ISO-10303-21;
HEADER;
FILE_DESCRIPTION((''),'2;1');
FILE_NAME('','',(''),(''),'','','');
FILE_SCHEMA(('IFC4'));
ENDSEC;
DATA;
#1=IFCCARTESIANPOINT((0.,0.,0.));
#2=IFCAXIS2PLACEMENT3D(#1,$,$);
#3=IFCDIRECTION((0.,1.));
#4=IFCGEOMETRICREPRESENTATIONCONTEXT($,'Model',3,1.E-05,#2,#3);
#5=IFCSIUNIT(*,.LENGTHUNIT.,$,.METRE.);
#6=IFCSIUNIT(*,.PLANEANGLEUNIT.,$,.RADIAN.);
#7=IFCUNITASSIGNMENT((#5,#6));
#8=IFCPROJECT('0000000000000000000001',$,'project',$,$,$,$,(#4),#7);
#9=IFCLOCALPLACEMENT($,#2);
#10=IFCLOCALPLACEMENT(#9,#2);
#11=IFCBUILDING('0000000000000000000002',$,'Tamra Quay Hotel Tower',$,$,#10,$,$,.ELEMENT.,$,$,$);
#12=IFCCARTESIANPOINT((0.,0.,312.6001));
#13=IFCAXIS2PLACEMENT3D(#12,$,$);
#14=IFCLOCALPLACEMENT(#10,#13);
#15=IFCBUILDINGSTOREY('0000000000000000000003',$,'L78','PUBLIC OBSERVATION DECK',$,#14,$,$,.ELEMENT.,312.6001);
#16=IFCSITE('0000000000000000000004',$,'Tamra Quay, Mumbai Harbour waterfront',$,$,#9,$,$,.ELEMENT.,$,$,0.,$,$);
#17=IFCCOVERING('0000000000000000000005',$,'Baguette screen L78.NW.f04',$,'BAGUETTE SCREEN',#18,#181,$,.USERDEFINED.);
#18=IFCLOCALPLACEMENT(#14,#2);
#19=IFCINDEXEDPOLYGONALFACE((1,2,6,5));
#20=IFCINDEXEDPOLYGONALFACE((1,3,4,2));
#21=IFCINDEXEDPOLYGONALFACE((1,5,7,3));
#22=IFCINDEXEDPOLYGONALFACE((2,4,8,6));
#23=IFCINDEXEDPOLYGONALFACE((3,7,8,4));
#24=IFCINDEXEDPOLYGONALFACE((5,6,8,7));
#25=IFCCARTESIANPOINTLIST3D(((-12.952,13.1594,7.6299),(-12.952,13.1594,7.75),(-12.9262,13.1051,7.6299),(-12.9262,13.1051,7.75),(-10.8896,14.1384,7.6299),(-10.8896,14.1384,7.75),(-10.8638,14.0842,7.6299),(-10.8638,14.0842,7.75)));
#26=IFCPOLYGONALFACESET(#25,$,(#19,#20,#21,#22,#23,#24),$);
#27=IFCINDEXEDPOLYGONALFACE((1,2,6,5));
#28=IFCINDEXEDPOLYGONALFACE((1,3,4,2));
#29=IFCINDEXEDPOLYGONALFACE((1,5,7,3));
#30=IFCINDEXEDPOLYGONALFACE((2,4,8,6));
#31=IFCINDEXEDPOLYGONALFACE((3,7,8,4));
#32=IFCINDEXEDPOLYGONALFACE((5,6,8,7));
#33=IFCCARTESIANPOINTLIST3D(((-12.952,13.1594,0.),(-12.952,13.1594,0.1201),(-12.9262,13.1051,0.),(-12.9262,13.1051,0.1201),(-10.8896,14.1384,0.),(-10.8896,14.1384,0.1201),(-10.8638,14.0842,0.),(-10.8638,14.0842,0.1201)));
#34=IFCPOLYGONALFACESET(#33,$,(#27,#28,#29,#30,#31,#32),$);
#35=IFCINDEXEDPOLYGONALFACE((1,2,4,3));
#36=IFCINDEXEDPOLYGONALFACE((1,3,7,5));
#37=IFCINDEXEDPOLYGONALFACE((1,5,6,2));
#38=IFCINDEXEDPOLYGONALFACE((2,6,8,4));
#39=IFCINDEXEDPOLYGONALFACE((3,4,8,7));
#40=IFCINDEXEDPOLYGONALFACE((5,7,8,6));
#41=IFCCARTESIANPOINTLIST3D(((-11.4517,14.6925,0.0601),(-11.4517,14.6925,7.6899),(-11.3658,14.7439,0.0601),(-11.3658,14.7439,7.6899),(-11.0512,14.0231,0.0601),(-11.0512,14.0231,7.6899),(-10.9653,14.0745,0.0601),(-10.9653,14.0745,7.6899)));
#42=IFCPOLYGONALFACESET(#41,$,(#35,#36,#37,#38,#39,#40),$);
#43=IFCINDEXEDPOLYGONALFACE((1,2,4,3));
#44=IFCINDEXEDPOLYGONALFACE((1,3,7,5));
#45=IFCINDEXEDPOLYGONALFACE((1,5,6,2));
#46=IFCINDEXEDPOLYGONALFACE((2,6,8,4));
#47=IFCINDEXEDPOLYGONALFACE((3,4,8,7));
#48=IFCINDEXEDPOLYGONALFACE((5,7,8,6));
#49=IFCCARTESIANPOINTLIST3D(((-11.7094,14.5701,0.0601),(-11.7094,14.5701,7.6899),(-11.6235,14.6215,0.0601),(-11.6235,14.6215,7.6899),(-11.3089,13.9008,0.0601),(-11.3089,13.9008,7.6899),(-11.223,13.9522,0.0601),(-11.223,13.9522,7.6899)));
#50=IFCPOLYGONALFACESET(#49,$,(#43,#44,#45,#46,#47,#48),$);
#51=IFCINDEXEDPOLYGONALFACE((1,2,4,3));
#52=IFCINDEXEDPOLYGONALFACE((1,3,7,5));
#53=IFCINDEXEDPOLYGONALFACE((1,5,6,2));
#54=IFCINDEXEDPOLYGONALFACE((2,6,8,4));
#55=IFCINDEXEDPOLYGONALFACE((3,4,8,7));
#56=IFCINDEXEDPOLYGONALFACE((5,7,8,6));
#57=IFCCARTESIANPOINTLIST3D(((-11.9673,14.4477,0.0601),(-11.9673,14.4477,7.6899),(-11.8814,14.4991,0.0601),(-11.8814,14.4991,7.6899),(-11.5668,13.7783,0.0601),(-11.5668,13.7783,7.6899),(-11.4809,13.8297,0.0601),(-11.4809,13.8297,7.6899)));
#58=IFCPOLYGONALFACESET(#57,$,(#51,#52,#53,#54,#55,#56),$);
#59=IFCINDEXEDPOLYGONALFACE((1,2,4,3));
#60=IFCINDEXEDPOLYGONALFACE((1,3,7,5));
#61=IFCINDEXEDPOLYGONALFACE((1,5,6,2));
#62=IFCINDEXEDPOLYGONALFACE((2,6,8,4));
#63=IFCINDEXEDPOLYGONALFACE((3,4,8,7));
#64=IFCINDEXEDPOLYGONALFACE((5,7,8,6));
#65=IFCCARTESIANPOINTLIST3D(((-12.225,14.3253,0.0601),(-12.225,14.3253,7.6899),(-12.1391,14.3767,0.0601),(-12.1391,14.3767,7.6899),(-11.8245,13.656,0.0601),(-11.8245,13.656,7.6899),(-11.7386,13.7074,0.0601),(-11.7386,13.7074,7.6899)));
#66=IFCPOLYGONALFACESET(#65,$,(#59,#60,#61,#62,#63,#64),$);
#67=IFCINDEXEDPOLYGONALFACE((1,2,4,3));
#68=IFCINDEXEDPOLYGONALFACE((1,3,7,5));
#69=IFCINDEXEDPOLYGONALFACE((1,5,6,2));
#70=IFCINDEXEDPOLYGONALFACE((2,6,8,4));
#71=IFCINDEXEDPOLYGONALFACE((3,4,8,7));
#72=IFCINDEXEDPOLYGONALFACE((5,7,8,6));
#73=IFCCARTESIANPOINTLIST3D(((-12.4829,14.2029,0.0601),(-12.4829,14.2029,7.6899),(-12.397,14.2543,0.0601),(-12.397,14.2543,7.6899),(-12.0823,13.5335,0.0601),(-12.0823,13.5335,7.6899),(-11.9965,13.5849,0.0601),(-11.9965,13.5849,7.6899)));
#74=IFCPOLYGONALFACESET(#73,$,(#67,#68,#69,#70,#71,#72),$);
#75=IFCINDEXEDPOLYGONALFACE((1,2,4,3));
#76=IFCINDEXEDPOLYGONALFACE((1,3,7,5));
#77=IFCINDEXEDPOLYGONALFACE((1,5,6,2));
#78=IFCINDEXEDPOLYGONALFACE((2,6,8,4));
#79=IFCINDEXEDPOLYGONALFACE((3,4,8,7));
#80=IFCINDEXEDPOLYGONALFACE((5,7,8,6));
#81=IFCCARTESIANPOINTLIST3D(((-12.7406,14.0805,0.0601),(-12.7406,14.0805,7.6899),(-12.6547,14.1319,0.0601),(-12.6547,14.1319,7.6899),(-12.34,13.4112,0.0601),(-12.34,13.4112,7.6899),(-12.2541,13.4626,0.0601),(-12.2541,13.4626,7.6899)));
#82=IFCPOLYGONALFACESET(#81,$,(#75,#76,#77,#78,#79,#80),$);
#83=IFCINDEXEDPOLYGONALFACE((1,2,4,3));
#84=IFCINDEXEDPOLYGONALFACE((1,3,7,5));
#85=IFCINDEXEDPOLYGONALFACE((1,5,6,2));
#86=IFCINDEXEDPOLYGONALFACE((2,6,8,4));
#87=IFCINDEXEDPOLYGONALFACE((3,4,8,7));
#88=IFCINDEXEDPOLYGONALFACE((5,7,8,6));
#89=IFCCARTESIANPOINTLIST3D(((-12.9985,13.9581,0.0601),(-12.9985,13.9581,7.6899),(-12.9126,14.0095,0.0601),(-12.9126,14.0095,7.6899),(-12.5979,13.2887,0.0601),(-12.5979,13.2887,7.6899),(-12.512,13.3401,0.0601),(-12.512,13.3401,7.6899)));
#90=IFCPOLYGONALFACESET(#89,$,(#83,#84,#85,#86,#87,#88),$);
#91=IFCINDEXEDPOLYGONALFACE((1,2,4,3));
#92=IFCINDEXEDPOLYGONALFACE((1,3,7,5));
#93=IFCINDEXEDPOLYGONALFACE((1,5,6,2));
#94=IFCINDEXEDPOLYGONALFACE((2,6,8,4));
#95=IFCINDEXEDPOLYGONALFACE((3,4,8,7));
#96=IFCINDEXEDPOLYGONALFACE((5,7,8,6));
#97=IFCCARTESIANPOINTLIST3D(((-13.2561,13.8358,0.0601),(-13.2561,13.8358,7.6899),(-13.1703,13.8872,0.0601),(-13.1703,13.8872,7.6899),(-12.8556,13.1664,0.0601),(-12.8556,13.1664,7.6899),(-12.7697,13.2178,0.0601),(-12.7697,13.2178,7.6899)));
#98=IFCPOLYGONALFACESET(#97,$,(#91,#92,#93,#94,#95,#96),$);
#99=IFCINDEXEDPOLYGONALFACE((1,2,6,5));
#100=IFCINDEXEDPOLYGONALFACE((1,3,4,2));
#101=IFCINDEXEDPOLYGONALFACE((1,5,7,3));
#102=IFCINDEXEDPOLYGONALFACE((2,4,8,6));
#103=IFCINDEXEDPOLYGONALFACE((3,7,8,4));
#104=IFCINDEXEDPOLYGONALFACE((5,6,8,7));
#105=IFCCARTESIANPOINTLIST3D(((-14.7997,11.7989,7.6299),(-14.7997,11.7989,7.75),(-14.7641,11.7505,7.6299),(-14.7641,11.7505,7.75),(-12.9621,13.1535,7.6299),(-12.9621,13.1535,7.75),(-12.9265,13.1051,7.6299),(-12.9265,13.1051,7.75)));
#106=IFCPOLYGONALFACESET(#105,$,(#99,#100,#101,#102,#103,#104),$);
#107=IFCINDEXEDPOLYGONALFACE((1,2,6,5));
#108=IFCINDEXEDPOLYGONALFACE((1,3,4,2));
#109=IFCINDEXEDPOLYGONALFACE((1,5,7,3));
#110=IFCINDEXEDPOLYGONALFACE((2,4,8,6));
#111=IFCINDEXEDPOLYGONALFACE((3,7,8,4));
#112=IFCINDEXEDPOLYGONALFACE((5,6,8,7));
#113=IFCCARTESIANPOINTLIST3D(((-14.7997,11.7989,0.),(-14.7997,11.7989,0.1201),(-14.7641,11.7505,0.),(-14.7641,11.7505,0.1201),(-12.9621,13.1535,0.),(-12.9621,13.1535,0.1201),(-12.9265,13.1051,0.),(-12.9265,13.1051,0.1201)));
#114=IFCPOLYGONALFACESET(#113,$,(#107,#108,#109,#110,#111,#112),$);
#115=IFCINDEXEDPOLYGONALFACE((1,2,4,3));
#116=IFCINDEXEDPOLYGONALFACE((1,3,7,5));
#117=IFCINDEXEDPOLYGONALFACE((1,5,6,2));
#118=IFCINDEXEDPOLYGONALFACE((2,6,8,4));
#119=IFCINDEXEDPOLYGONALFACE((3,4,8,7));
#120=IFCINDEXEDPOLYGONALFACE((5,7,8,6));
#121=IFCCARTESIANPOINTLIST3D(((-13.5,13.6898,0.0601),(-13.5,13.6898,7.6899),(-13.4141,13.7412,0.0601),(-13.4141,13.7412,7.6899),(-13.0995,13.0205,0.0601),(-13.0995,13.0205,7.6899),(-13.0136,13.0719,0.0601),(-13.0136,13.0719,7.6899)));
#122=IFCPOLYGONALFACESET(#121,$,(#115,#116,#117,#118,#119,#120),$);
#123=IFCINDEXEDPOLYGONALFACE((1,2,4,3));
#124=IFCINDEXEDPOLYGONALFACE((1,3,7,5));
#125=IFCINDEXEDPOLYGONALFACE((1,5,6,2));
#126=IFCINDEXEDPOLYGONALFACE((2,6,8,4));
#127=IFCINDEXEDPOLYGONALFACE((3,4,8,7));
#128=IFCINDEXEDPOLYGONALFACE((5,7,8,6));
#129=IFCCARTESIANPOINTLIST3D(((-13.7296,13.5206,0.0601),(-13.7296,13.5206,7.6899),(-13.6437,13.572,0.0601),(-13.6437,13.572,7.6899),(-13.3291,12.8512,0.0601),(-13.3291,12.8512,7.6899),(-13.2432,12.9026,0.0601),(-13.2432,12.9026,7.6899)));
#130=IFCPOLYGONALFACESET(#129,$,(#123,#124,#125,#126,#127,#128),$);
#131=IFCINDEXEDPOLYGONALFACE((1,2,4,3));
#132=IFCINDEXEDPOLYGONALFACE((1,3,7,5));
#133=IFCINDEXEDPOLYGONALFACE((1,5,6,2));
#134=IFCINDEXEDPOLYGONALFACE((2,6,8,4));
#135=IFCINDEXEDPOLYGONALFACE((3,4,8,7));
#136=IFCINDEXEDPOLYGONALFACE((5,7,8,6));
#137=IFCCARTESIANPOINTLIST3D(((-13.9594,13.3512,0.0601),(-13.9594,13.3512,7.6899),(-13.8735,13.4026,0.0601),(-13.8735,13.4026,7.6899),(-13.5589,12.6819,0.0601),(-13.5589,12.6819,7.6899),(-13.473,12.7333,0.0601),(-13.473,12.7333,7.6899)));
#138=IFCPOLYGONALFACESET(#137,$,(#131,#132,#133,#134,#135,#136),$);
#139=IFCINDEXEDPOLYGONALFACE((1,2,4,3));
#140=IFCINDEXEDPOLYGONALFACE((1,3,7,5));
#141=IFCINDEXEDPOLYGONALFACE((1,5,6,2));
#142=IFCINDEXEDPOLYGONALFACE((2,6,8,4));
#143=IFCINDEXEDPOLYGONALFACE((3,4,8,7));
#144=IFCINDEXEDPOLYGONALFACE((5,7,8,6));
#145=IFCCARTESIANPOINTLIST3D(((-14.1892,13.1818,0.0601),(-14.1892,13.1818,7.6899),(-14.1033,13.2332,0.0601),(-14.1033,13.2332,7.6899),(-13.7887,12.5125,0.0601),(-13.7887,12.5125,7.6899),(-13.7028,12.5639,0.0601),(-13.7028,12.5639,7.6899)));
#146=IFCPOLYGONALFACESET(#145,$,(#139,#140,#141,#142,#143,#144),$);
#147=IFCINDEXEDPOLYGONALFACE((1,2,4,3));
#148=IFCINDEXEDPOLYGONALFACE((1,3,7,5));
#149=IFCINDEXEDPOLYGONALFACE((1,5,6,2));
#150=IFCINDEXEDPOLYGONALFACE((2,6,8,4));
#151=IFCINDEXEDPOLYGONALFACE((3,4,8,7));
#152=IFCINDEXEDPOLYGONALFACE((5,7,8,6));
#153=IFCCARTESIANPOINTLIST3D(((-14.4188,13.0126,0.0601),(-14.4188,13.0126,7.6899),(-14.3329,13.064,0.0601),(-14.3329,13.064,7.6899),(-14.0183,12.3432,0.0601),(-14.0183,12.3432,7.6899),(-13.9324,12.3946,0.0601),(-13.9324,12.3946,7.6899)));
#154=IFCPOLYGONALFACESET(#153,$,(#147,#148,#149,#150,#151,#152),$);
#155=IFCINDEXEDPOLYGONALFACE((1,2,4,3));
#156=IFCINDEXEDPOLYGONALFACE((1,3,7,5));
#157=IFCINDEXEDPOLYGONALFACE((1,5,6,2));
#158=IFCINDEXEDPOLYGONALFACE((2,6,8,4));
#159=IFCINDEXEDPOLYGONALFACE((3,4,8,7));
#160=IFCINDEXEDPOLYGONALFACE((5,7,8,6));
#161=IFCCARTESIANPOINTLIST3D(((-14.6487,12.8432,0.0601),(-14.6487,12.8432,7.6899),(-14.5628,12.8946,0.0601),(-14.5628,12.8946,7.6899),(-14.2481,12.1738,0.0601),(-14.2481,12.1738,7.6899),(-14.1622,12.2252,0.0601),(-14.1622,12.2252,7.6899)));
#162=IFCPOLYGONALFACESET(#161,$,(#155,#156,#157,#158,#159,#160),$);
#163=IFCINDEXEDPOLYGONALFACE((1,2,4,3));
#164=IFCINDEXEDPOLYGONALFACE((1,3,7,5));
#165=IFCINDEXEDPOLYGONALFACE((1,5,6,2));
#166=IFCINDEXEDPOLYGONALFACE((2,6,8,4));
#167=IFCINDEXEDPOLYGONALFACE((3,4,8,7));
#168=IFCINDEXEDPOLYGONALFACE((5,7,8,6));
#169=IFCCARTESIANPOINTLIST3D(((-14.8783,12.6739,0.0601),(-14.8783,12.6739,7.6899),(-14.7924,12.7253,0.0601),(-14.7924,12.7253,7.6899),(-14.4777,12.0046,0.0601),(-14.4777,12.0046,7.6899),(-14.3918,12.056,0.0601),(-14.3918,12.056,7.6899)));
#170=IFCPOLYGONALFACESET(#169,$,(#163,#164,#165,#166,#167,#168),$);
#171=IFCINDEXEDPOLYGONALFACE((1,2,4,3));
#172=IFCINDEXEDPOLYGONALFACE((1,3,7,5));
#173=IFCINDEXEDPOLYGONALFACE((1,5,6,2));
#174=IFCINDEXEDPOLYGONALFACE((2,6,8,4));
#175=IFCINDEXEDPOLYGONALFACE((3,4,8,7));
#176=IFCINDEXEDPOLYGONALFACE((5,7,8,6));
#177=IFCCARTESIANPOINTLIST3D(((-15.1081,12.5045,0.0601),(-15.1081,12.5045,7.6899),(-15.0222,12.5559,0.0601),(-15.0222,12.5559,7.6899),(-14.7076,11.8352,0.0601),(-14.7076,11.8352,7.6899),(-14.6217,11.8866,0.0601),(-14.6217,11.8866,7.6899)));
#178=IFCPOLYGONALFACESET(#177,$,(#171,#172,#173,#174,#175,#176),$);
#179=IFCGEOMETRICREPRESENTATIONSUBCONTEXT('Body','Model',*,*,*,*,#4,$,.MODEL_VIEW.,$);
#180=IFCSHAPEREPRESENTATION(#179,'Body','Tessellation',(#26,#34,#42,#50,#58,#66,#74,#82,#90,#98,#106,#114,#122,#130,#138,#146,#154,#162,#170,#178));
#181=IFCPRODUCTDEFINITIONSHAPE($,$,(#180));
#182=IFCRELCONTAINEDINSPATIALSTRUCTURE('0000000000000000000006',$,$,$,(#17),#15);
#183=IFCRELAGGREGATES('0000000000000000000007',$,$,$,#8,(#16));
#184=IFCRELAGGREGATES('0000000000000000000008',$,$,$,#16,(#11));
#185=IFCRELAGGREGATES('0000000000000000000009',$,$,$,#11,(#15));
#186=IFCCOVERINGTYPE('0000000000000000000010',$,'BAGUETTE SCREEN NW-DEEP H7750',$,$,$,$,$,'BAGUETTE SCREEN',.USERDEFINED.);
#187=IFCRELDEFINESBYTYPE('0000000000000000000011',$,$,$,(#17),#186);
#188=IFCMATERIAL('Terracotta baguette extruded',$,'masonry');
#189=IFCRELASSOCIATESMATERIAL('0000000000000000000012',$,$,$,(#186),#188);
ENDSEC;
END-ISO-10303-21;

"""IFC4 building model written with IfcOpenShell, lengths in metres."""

from ifc_helpers import new_model, si_unit, direction, frame, frame_2d, origin, place, context, subcontext, project, spatial, rectangle, extrude, source, transform, mapped, material, type_object, element, save


model = new_model("IFC4")

# Units and contexts
model_context = context("Model", 3, precision=1e-05, world=origin(), true_north=direction((0.0, 1.0)))
body_context = subcontext(model_context, "Body", "Model", "MODEL_VIEW")
ifc_project = project(units=[si_unit("LENGTHUNIT", "METRE"), si_unit("PLANEANGLEUNIT", "RADIAN")], contexts=[model_context])

# Site, building, storey
site_placement = place(None, origin())
site = spatial("IfcSite", under=ifc_project, at=site_placement, Name="Tamra Quay, Mumbai Harbour waterfront", CompositionType="ELEMENT", RefElevation=0.0)
building_placement = place(site_placement, origin())
building = spatial("IfcBuilding", under=site, at=building_placement, Name="Tamra Quay Hotel Tower", CompositionType="ELEMENT")
storey_placement = place(building_placement, frame((0.0, 0.0, 312.6001)))
storey = spatial("IfcBuildingStorey", under=building, at=storey_placement, Name="L78", Description="PUBLIC OBSERVATION DECK", CompositionType="ELEMENT", Elevation=312.6001)

# Covering
ifc_material_1 = material(Name="Terracotta baguette extruded", Category="masonry")
covering_type_1 = type_object("IfcCoveringType", Name="BAGUETTE SCREEN NW-DEEP H7750", ElementType="BAGUETTE SCREEN", PredefinedType="USERDEFINED", material=ifc_material_1)
shared_shape_1 = source(origin(), body_context, "Body", "SweptSolid", [
    extrude(rectangle(XDim=2.283, YDim=0.0601, at=frame_2d((1.1416, 0.03))), frame((-2.2783, -0.0576, -0.1201), z_axis=(0.0, 0.0, 1.0), x_axis=(0.995396, -0.095846, 0.0)), (0.0, 0.0, 1.0), 0.1201),
    extrude(rectangle(XDim=2.283, YDim=0.0601, at=frame_2d((1.1416, 0.03))), frame((-2.2783, -0.0576, -7.75), z_axis=(0.0, 0.0, 1.0), x_axis=(0.995396, -0.095846, 0.0)), (0.0, 0.0, 1.0), 0.1201),
    extrude(rectangle(XDim=0.1001, YDim=0.78, at=frame_2d((0.05, 0.3901))), frame((-2.1804, -0.8218, -7.6899)), (0.0, 0.0, 1.0), 7.6299),
    extrude(rectangle(XDim=0.1001, YDim=0.78, at=frame_2d((0.05, 0.3901))), frame((-1.8965, -0.8491, -7.6899)), (0.0, 0.0, 1.0), 7.6299),
    extrude(rectangle(XDim=0.1001, YDim=0.78, at=frame_2d((0.05, 0.3901))), frame((-1.6123, -0.8765, -7.6899)), (0.0, 0.0, 1.0), 7.6299),
    extrude(rectangle(XDim=0.1001, YDim=0.78, at=frame_2d((0.05, 0.3901))), frame((-1.3284, -0.9038, -7.6899)), (0.0, 0.0, 1.0), 7.6299),
    extrude(rectangle(XDim=0.1001, YDim=0.78, at=frame_2d((0.05, 0.3901))), frame((-1.0442, -0.9312, -7.6899)), (0.0, 0.0, 1.0), 7.6299),
    extrude(rectangle(XDim=0.1001, YDim=0.78, at=frame_2d((0.05, 0.3901))), frame((-0.7603, -0.9585, -7.6899)), (0.0, 0.0, 1.0), 7.6299),
    extrude(rectangle(XDim=0.1001, YDim=0.78, at=frame_2d((0.05, 0.3901))), frame((-0.4761, -0.9858, -7.6899)), (0.0, 0.0, 1.0), 7.6299),
    extrude(rectangle(XDim=0.1001, YDim=0.78, at=frame_2d((0.05, 0.3901))), frame((-0.1921, -1.0132, -7.6899)), (0.0, 0.0, 1.0), 7.6299),
    extrude(rectangle(XDim=2.283, YDim=0.0601, at=frame_2d((1.1416, 0.03))), frame((0.0059, -0.2766, -0.1201), z_axis=(0.0, 0.0, 1.0), x_axis=(0.995396, 0.095846, 0.0)), (0.0, 0.0, 1.0), 0.1201),
    extrude(rectangle(XDim=2.283, YDim=0.0601, at=frame_2d((1.1416, 0.03))), frame((0.0059, -0.2766, -7.75), z_axis=(0.0, 0.0, 1.0), x_axis=(0.995396, 0.095846, 0.0)), (0.0, 0.0, 1.0), 0.1201),
    extrude(rectangle(XDim=0.1001, YDim=0.78, at=frame_2d((0.05, 0.3901))), frame((0.092, -1.0132, -7.6899)), (0.0, 0.0, 1.0), 7.6299),
    extrude(rectangle(XDim=0.1001, YDim=0.78, at=frame_2d((0.05, 0.3901))), frame((0.376, -0.9858, -7.6899)), (0.0, 0.0, 1.0), 7.6299),
    extrude(rectangle(XDim=0.1001, YDim=0.78, at=frame_2d((0.05, 0.3901))), frame((0.6602, -0.9585, -7.6899)), (0.0, 0.0, 1.0), 7.6299),
    extrude(rectangle(XDim=0.1001, YDim=0.78, at=frame_2d((0.05, 0.3901))), frame((0.9443, -0.9312, -7.6899)), (0.0, 0.0, 1.0), 7.6299),
    extrude(rectangle(XDim=0.1001, YDim=0.78, at=frame_2d((0.05, 0.3901))), frame((1.2283, -0.9038, -7.6899)), (0.0, 0.0, 1.0), 7.6299),
    extrude(rectangle(XDim=0.1001, YDim=0.78, at=frame_2d((0.05, 0.3901))), frame((1.5125, -0.8765, -7.6899)), (0.0, 0.0, 1.0), 7.6299),
    extrude(rectangle(XDim=0.1001, YDim=0.78, at=frame_2d((0.05, 0.3901))), frame((1.7964, -0.8491, -7.6899)), (0.0, 0.0, 1.0), 7.6299),
    extrude(rectangle(XDim=0.1001, YDim=0.78, at=frame_2d((0.05, 0.3901))), frame((2.0806, -0.8218, -7.6899)), (0.0, 0.0, 1.0), 7.6299),
])
for number, where, z_axis, x_axis, name in (
    (1, (-12.8149, 12.9192, 7.75), (0.0, 0.0, 1.0), (-0.858103, -0.513477, 0.0), "Baguette screen L78.NW.f04"),
):
    element("IfcCovering", number, at=place(storey_placement, frame(where, z_axis=z_axis, x_axis=x_axis)), inside=storey, type_object=covering_type_1, Name=name, ObjectType="BAGUETTE SCREEN", PredefinedType="USERDEFINED", context=body_context, shape_type="MappedRepresentation", body=[
        mapped(shared_shape_1, transform((0.0, 0.0, 0.0), scale=1.0)),
    ])

save(model, "model.ifc")
